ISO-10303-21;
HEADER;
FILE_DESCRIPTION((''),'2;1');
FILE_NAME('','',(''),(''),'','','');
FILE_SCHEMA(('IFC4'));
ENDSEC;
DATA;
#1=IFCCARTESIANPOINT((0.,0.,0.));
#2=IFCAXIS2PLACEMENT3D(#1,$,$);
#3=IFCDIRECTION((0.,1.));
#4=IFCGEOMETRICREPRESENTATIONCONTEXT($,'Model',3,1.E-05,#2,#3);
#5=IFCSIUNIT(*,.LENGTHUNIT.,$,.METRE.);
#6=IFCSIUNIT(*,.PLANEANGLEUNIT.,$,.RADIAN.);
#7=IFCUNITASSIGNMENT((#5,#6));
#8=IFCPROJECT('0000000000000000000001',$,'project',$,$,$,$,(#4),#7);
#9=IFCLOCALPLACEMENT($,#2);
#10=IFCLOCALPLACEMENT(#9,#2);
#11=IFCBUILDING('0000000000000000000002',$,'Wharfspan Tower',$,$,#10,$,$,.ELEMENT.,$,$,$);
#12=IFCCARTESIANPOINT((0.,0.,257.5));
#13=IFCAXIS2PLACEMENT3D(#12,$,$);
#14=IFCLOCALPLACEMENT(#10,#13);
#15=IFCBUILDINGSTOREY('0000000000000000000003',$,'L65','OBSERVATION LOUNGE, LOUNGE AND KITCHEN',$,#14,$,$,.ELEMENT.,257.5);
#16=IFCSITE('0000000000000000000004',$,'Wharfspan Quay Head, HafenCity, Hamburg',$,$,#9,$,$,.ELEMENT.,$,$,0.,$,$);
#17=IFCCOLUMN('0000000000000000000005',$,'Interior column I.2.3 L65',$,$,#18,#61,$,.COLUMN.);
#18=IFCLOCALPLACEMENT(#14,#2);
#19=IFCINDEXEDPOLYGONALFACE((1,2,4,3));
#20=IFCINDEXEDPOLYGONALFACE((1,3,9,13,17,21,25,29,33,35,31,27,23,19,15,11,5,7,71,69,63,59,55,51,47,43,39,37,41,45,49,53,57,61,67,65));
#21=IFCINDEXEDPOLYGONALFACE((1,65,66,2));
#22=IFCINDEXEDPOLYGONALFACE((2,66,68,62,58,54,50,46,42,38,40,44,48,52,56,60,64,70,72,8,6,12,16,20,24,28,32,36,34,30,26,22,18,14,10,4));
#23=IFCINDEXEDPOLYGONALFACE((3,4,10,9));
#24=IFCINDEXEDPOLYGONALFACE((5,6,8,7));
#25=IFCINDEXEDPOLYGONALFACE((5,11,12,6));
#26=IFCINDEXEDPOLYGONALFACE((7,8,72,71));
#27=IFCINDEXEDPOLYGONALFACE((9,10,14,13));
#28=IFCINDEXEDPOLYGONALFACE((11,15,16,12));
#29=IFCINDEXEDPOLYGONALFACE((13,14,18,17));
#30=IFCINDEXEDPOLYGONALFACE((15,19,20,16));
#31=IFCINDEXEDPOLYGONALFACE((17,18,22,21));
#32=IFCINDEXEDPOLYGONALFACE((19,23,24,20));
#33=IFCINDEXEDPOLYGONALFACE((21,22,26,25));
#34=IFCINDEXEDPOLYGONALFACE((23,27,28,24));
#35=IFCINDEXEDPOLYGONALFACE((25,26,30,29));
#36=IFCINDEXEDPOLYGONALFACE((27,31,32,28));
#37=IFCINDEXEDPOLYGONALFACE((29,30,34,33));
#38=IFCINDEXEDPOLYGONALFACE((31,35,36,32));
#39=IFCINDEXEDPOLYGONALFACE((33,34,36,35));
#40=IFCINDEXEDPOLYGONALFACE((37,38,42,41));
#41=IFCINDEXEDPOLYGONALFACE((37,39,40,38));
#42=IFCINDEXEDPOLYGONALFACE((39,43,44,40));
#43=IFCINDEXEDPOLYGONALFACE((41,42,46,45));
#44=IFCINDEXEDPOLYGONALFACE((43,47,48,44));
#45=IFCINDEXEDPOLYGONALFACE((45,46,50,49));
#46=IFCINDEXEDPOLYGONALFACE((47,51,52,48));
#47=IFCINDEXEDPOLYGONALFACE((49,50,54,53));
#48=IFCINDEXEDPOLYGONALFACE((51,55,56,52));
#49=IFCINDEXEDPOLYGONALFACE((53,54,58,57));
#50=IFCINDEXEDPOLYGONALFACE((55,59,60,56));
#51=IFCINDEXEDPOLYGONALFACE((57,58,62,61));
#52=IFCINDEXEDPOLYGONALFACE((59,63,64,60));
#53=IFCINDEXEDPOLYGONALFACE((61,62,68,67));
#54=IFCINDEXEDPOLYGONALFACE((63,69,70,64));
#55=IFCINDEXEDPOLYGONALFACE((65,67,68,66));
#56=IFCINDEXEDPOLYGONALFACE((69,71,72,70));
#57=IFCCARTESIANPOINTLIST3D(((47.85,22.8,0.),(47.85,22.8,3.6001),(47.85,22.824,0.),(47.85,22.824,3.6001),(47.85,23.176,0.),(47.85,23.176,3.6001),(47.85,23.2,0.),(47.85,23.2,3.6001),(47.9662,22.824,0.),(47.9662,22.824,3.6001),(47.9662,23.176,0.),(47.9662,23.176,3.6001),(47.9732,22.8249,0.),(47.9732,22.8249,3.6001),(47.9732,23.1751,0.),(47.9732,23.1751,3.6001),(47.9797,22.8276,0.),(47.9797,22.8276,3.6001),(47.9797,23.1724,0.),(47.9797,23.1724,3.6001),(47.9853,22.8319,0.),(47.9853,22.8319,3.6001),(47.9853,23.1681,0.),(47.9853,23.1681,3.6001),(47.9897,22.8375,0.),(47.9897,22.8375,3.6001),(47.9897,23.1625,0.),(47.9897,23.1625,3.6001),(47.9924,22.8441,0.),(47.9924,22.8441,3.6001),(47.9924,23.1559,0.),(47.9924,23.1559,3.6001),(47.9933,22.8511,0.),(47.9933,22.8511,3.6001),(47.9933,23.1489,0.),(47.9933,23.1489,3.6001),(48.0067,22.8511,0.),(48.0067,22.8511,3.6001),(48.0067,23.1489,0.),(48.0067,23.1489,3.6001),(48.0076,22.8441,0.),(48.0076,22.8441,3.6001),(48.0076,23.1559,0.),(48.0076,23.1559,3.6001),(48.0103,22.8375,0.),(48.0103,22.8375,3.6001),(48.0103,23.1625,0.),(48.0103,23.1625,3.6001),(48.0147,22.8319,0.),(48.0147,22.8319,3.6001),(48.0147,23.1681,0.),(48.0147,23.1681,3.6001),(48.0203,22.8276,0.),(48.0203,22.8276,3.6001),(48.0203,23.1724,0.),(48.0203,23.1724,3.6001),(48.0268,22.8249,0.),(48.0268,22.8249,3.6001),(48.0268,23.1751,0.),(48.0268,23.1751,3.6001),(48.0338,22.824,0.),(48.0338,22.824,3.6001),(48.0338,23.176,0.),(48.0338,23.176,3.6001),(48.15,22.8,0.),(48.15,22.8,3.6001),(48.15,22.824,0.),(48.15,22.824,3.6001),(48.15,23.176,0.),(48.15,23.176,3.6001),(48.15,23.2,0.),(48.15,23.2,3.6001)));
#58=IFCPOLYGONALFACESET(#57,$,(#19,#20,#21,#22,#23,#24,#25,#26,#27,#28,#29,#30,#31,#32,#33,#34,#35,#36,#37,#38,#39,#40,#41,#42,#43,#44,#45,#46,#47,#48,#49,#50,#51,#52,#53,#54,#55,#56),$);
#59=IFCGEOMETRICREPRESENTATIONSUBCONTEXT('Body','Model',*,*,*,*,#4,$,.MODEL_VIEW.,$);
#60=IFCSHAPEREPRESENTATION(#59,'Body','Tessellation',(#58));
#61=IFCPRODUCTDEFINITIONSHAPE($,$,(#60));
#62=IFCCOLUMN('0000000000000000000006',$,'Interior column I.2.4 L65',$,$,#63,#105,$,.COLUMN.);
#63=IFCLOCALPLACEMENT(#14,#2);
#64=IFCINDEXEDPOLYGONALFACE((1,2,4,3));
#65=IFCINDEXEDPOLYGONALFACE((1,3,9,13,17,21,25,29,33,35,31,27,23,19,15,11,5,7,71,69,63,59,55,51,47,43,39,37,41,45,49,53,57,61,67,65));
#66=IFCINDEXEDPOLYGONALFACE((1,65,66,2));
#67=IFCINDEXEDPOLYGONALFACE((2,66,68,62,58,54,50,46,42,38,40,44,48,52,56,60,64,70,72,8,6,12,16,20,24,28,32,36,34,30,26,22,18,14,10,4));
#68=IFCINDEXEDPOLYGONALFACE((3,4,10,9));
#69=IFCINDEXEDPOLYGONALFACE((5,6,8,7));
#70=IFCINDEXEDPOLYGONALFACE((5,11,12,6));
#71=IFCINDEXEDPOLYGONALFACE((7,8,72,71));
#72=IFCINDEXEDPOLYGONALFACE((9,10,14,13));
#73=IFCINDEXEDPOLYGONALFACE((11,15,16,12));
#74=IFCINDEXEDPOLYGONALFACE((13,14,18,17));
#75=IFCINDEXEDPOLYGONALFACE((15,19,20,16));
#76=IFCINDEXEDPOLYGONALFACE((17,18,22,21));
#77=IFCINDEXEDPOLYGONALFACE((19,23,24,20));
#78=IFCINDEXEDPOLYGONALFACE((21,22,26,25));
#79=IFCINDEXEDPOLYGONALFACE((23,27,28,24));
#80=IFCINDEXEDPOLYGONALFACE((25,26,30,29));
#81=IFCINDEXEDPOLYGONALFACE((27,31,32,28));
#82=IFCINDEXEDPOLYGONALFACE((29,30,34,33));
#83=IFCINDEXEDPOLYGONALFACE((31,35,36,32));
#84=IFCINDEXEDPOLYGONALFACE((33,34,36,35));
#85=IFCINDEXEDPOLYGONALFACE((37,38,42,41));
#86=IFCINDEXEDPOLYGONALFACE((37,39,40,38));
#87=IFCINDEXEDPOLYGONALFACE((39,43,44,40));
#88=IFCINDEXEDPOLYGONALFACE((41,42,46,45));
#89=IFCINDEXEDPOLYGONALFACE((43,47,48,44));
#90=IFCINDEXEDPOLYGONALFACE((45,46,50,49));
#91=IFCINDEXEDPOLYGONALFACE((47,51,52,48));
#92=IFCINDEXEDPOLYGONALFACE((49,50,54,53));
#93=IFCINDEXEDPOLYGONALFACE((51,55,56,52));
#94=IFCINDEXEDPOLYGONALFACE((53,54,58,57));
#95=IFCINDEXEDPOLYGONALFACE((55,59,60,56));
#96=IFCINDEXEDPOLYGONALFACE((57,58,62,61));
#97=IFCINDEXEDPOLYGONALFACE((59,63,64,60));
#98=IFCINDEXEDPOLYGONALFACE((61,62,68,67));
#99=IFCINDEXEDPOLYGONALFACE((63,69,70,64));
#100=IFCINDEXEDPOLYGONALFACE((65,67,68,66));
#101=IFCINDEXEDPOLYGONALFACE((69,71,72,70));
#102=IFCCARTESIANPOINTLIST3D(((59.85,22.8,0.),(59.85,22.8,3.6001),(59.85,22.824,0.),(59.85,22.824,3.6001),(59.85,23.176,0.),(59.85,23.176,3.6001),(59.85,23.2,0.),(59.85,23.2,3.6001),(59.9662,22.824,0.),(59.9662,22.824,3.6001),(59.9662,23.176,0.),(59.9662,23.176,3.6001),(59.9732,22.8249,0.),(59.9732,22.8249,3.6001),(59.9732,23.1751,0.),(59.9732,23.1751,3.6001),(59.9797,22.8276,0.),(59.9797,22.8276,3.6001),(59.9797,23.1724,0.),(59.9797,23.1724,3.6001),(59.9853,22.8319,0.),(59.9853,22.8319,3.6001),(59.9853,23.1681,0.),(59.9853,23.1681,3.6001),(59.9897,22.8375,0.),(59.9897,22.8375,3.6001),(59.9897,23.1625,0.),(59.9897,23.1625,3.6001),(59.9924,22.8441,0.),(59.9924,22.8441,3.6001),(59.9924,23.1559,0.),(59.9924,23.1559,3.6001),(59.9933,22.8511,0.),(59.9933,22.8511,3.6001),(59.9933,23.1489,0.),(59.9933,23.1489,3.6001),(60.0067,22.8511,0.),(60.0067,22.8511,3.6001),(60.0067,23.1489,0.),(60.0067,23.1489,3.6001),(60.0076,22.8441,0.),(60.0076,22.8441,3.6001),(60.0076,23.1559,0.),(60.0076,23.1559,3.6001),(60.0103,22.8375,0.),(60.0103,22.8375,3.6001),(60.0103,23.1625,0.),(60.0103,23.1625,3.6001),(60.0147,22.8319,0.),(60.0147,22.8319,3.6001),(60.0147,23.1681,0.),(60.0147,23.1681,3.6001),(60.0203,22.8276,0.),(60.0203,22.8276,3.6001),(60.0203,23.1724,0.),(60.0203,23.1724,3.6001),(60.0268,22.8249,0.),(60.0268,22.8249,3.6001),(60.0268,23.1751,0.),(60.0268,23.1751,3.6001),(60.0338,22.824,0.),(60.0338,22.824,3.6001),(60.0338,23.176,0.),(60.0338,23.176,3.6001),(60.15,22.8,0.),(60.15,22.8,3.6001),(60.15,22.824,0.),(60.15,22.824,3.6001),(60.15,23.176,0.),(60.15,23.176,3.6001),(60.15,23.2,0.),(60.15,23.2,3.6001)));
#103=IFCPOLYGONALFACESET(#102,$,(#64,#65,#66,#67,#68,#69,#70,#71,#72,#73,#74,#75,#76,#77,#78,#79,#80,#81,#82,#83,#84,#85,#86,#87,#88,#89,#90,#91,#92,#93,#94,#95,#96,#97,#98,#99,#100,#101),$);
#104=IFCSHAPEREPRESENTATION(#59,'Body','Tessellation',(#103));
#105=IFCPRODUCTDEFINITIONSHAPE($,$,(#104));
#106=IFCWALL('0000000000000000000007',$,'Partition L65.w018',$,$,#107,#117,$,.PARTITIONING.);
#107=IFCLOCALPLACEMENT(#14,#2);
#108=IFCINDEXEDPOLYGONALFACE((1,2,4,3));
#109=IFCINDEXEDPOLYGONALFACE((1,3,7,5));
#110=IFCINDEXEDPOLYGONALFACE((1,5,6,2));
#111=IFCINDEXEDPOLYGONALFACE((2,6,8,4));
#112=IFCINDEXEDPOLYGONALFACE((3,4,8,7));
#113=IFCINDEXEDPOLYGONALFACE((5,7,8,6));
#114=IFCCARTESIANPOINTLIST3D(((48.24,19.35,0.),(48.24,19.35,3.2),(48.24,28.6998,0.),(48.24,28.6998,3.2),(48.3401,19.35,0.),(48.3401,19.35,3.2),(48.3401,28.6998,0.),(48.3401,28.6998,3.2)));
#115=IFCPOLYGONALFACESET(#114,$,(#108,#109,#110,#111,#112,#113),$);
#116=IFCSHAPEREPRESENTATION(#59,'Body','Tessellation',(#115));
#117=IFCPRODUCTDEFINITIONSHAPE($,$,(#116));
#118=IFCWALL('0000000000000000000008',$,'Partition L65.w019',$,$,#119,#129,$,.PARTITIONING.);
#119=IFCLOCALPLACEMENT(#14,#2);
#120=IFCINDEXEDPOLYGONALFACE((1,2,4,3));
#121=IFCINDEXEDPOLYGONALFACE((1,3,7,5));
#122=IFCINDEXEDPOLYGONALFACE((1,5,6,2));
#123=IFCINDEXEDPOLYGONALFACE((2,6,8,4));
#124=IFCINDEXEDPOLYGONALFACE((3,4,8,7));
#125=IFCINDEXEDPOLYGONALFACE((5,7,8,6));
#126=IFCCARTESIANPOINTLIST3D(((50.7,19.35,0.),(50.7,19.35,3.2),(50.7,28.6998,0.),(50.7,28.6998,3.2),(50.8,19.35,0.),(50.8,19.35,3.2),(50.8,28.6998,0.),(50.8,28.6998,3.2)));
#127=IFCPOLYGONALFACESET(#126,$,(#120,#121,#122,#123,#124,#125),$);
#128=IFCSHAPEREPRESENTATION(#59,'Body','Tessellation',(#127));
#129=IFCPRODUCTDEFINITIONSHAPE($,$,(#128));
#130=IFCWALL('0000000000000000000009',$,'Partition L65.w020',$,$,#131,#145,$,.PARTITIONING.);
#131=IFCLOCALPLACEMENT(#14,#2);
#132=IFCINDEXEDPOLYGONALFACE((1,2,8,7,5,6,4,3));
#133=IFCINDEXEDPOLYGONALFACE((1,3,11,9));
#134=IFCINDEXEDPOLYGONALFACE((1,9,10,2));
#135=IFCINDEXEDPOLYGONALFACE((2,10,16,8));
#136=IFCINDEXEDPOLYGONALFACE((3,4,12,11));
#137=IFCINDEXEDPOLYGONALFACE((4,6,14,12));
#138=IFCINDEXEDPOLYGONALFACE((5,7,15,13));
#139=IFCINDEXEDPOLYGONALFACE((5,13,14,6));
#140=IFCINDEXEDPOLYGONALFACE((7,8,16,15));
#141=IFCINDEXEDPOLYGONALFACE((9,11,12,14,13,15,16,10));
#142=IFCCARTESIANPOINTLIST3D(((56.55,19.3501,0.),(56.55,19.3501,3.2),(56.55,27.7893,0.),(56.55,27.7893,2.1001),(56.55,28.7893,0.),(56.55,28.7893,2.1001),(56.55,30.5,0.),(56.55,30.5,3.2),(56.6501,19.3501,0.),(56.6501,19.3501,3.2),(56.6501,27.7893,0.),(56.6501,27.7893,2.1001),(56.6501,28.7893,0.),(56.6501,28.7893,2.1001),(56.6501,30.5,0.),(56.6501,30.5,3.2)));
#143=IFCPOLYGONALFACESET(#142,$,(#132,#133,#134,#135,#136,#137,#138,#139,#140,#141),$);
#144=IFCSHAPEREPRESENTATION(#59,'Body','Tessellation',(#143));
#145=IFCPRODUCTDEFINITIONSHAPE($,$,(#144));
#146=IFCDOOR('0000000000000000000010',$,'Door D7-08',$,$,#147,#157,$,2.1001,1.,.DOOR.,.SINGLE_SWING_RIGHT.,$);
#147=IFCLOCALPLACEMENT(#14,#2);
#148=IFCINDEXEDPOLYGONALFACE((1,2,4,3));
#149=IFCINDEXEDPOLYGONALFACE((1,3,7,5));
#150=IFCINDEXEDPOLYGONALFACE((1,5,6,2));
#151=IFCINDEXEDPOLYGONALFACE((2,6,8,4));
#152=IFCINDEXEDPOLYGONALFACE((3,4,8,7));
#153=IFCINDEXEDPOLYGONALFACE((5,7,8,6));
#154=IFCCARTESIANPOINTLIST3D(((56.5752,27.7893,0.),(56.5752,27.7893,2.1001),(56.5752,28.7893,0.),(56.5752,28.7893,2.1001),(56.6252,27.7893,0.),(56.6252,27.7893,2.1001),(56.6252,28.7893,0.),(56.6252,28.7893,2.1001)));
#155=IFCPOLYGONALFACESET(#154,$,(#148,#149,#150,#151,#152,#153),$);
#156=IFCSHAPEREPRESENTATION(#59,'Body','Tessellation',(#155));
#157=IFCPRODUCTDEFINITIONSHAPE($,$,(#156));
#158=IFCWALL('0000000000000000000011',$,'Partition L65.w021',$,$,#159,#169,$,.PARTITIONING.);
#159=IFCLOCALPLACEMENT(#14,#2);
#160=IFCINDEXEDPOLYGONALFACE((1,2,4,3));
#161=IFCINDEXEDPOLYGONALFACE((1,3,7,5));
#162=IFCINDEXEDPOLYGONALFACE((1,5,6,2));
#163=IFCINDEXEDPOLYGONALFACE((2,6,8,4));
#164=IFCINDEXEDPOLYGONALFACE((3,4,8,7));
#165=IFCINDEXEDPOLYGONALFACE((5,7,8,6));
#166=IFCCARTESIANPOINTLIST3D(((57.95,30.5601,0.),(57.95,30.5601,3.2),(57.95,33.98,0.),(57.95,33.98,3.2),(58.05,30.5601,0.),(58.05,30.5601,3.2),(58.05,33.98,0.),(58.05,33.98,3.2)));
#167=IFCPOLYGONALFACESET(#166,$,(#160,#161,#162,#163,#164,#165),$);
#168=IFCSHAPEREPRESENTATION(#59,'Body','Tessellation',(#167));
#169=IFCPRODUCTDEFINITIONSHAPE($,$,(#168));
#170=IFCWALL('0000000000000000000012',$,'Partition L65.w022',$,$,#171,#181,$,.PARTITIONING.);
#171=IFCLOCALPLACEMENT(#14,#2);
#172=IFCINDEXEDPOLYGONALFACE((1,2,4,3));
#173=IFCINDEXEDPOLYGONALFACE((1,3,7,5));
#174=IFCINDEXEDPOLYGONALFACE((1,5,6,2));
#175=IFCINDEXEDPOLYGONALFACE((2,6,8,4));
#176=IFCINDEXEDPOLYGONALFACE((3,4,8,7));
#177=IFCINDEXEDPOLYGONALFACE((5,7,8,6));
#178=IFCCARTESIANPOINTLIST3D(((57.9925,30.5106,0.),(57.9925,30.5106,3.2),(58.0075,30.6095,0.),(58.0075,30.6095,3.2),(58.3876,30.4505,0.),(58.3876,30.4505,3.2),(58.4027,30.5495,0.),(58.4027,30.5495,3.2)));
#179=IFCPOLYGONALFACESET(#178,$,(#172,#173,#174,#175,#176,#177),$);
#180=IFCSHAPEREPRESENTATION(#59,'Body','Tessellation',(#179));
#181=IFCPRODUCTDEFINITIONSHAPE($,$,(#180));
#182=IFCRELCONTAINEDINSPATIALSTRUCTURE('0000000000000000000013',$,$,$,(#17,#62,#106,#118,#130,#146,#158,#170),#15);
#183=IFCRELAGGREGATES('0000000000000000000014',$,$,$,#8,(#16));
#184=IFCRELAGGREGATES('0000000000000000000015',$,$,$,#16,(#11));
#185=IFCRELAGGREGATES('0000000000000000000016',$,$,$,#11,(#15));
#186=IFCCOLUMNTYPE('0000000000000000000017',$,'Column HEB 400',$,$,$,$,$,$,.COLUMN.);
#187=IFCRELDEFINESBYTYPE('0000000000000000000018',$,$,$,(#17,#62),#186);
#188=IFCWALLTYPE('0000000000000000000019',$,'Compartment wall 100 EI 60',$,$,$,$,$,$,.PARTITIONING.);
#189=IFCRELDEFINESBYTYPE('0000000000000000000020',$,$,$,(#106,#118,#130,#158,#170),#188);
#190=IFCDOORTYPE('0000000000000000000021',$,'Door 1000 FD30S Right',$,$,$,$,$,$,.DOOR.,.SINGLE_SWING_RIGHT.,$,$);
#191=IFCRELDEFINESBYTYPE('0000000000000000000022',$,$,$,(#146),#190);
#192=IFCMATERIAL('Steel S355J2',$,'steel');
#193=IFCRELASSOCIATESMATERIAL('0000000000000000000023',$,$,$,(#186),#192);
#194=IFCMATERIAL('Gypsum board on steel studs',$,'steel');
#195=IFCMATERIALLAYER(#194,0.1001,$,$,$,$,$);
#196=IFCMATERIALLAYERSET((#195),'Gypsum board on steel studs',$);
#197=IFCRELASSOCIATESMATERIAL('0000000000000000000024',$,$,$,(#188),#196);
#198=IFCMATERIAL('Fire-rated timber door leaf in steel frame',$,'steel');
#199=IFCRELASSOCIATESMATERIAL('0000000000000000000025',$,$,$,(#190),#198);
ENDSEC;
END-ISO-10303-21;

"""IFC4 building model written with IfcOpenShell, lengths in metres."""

from ifc_helpers import new_model, si_unit, direction, frame, frame_2d, origin, origin_2d, place, context, subcontext, project, spatial, rectangle, i_section, extrude, material, layer, layer_set, material_profile, profile_set, type_object, element, fill, save


model = new_model("IFC4")

# Units and contexts
model_context = context("Model", 3, precision=1e-05, world=origin(), true_north=direction((0.0, 1.0)))
body_context = subcontext(model_context, "Body", "Model", "MODEL_VIEW")
ifc_project = project(units=[si_unit("LENGTHUNIT", "METRE"), si_unit("PLANEANGLEUNIT", "RADIAN")], contexts=[model_context])

# Site, building, storey
site_placement = place(None, origin())
site = spatial("IfcSite", under=ifc_project, at=site_placement, Name="Wharfspan Quay Head, HafenCity, Hamburg", CompositionType="ELEMENT", RefElevation=0.0)
building_placement = place(site_placement, origin())
building = spatial("IfcBuilding", under=site, at=building_placement, Name="Wharfspan Tower", CompositionType="ELEMENT")
storey_placement = place(building_placement, frame((0.0, 0.0, 257.5)))
storey = spatial("IfcBuildingStorey", under=building, at=storey_placement, Name="L65", Description="OBSERVATION LOUNGE, LOUNGE AND KITCHEN", CompositionType="ELEMENT", Elevation=257.5)

# Columns
ifc_material_1 = material(Name="Steel S355J2", Category="steel")
ifc_material_profile = material_profile(ifc_material_1, i_section(OverallWidth=0.3, OverallDepth=0.3999, WebThickness=0.0134, FlangeThickness=0.0239, FilletRadius=0.0271, at=origin_2d()))
ifc_profile_set = profile_set([ifc_material_profile], Name="Steel S355J2")
column_type = type_object("IfcColumnType", Name="Column HEB 400", PredefinedType="COLUMN", material=ifc_profile_set)
for number, where, z_axis, x_axis, name in (
    (1, (48.0, 23.0, 0.0), (0.0, 0.0, 1.0), (1.0, 0.0, 0.0), "Interior column I.2.3 L65"),
    (2, (60.0, 23.0, 0.0), (0.0, 0.0, 1.0), (1.0, 0.0, 0.0), "Interior column I.2.4 L65"),
):
    element("IfcColumn", number, at=place(storey_placement, frame(where, z_axis=z_axis, x_axis=x_axis)), inside=storey, type_object=column_type, Name=name, PredefinedType="COLUMN", context=body_context, shape_type="SweptSolid", body=[
        extrude(i_section(OverallWidth=0.3, OverallDepth=0.3999, WebThickness=0.0134, FlangeThickness=0.0239, FilletRadius=0.0271, at=origin_2d()), origin(), (0.0, 0.0, 1.0), 3.6001),
    ])

# Walls
ifc_material_2 = material(Name="Gypsum board on steel studs", Category="steel")
ifc_layer_1 = layer(ifc_material_2, 0.1001)
ifc_layer_set_1 = layer_set([ifc_layer_1], Name="Gypsum board on steel studs")
wall_type_1 = type_object("IfcWallType", Name="Compartment wall 100 EI 60", PredefinedType="PARTITIONING", material=ifc_layer_set_1)
for number, where, z_axis, x_axis, name in (
    (3, (48.29, 19.3501, 0.0), (0.0, 0.0, 1.0), (0.0, 1.0, 0.0), "Partition L65.w018"),
    (4, (50.75, 19.3501, 0.0), (0.0, 0.0, 1.0), (0.0, 1.0, 0.0), "Partition L65.w019"),
):
    element("IfcWall", number, at=place(storey_placement, frame(where, z_axis=z_axis, x_axis=x_axis)), inside=storey, type_object=wall_type_1, Name=name, PredefinedType="PARTITIONING", context=body_context, shape_type="SweptSolid", body=[
        extrude(rectangle(XDim=9.3499, YDim=0.1001, at=frame_2d((4.6748, 0.0))), origin(), (0.0, 0.0, 1.0), 3.2),
    ])

# Wall, opening, door
wall_1_placement = place(storey_placement, frame((56.6001, 19.3501, 0.0), z_axis=(0.0, 0.0, 1.0), x_axis=(0.0, 1.0, 0.0)))
wall_1 = element("IfcWall", 5, at=wall_1_placement, inside=storey, type_object=wall_type_1, Name="Partition L65.w020", PredefinedType="PARTITIONING", context=body_context, shape_type="SweptSolid", body=[
    extrude(rectangle(XDim=11.1499, YDim=0.1001, at=frame_2d((5.575, 0.0))), origin(), (0.0, 0.0, 1.0), 3.2),
])
opening_1_placement = place(wall_1_placement, frame((8.4392, 0.0, 0.0)))
opening_1 = element("IfcOpeningElement", 6, at=opening_1_placement, cuts=wall_1, PredefinedType="OPENING", context=body_context, shape_type="SweptSolid", body=[
    extrude(rectangle(XDim=1.0, YDim=2.1001, at=frame_2d((0.5, 1.05))), frame((0.0, 0.0601, 0.0), z_axis=(0.0, -1.0, 0.0), x_axis=(1.0, 0.0, 0.0)), (0.0, 0.0, 1.0), 0.1201),
])
ifc_material_3 = material(Name="Fire-rated timber door leaf in steel frame", Category="steel")
door_type_1 = type_object("IfcDoorType", Name="Door 1000 FD30S Right", OperationType="SINGLE_SWING_RIGHT", PredefinedType="DOOR", material=ifc_material_3)
door_1_placement = place(opening_1_placement, origin())
door_1 = element("IfcDoor", 7, at=door_1_placement, inside=storey, type_object=door_type_1, Name="Door D7-08", OperationType="SINGLE_SWING_RIGHT", OverallHeight=2.1001, OverallWidth=1.0, PredefinedType="DOOR", context=body_context, shape_type="SweptSolid", body=[
    extrude(rectangle(XDim=1.0, YDim=2.1001, at=frame_2d((0.5, 1.05))), frame((0.0, 0.0249, 0.0), z_axis=(0.0, -1.0, 0.0), x_axis=(1.0, 0.0, 0.0)), (0.0, 0.0, 1.0), 0.05),
])
fill(opening_1, door_1)

# Walls
wall_2_placement = place(storey_placement, frame((58.0, 30.5601, 0.0), z_axis=(0.0, 0.0, 1.0), x_axis=(0.0, 1.0, 0.0)))
element("IfcWall", 8, at=wall_2_placement, inside=storey, type_object=wall_type_1, Name="Partition L65.w021", PredefinedType="PARTITIONING", context=body_context, shape_type="SweptSolid", body=[
    extrude(rectangle(XDim=3.4199, YDim=0.1001, at=frame_2d((1.71, 0.0))), origin(), (0.0, 0.0, 1.0), 3.2),
])
wall_3_placement = place(storey_placement, frame((58.395, 30.5, 0.0), z_axis=(0.0, 0.0, 1.0), x_axis=(-0.988637, 0.150312, 0.0)))
element("IfcWall", 9, at=wall_3_placement, inside=storey, type_object=wall_type_1, Name="Partition L65.w022", PredefinedType="PARTITIONING", context=body_context, shape_type="SweptSolid", body=[
    extrude(rectangle(XDim=0.3997, YDim=0.1001, at=frame_2d((0.1997, 0.0))), origin(), (0.0, 0.0, 1.0), 3.2),
])

save(model, "model.ifc")
